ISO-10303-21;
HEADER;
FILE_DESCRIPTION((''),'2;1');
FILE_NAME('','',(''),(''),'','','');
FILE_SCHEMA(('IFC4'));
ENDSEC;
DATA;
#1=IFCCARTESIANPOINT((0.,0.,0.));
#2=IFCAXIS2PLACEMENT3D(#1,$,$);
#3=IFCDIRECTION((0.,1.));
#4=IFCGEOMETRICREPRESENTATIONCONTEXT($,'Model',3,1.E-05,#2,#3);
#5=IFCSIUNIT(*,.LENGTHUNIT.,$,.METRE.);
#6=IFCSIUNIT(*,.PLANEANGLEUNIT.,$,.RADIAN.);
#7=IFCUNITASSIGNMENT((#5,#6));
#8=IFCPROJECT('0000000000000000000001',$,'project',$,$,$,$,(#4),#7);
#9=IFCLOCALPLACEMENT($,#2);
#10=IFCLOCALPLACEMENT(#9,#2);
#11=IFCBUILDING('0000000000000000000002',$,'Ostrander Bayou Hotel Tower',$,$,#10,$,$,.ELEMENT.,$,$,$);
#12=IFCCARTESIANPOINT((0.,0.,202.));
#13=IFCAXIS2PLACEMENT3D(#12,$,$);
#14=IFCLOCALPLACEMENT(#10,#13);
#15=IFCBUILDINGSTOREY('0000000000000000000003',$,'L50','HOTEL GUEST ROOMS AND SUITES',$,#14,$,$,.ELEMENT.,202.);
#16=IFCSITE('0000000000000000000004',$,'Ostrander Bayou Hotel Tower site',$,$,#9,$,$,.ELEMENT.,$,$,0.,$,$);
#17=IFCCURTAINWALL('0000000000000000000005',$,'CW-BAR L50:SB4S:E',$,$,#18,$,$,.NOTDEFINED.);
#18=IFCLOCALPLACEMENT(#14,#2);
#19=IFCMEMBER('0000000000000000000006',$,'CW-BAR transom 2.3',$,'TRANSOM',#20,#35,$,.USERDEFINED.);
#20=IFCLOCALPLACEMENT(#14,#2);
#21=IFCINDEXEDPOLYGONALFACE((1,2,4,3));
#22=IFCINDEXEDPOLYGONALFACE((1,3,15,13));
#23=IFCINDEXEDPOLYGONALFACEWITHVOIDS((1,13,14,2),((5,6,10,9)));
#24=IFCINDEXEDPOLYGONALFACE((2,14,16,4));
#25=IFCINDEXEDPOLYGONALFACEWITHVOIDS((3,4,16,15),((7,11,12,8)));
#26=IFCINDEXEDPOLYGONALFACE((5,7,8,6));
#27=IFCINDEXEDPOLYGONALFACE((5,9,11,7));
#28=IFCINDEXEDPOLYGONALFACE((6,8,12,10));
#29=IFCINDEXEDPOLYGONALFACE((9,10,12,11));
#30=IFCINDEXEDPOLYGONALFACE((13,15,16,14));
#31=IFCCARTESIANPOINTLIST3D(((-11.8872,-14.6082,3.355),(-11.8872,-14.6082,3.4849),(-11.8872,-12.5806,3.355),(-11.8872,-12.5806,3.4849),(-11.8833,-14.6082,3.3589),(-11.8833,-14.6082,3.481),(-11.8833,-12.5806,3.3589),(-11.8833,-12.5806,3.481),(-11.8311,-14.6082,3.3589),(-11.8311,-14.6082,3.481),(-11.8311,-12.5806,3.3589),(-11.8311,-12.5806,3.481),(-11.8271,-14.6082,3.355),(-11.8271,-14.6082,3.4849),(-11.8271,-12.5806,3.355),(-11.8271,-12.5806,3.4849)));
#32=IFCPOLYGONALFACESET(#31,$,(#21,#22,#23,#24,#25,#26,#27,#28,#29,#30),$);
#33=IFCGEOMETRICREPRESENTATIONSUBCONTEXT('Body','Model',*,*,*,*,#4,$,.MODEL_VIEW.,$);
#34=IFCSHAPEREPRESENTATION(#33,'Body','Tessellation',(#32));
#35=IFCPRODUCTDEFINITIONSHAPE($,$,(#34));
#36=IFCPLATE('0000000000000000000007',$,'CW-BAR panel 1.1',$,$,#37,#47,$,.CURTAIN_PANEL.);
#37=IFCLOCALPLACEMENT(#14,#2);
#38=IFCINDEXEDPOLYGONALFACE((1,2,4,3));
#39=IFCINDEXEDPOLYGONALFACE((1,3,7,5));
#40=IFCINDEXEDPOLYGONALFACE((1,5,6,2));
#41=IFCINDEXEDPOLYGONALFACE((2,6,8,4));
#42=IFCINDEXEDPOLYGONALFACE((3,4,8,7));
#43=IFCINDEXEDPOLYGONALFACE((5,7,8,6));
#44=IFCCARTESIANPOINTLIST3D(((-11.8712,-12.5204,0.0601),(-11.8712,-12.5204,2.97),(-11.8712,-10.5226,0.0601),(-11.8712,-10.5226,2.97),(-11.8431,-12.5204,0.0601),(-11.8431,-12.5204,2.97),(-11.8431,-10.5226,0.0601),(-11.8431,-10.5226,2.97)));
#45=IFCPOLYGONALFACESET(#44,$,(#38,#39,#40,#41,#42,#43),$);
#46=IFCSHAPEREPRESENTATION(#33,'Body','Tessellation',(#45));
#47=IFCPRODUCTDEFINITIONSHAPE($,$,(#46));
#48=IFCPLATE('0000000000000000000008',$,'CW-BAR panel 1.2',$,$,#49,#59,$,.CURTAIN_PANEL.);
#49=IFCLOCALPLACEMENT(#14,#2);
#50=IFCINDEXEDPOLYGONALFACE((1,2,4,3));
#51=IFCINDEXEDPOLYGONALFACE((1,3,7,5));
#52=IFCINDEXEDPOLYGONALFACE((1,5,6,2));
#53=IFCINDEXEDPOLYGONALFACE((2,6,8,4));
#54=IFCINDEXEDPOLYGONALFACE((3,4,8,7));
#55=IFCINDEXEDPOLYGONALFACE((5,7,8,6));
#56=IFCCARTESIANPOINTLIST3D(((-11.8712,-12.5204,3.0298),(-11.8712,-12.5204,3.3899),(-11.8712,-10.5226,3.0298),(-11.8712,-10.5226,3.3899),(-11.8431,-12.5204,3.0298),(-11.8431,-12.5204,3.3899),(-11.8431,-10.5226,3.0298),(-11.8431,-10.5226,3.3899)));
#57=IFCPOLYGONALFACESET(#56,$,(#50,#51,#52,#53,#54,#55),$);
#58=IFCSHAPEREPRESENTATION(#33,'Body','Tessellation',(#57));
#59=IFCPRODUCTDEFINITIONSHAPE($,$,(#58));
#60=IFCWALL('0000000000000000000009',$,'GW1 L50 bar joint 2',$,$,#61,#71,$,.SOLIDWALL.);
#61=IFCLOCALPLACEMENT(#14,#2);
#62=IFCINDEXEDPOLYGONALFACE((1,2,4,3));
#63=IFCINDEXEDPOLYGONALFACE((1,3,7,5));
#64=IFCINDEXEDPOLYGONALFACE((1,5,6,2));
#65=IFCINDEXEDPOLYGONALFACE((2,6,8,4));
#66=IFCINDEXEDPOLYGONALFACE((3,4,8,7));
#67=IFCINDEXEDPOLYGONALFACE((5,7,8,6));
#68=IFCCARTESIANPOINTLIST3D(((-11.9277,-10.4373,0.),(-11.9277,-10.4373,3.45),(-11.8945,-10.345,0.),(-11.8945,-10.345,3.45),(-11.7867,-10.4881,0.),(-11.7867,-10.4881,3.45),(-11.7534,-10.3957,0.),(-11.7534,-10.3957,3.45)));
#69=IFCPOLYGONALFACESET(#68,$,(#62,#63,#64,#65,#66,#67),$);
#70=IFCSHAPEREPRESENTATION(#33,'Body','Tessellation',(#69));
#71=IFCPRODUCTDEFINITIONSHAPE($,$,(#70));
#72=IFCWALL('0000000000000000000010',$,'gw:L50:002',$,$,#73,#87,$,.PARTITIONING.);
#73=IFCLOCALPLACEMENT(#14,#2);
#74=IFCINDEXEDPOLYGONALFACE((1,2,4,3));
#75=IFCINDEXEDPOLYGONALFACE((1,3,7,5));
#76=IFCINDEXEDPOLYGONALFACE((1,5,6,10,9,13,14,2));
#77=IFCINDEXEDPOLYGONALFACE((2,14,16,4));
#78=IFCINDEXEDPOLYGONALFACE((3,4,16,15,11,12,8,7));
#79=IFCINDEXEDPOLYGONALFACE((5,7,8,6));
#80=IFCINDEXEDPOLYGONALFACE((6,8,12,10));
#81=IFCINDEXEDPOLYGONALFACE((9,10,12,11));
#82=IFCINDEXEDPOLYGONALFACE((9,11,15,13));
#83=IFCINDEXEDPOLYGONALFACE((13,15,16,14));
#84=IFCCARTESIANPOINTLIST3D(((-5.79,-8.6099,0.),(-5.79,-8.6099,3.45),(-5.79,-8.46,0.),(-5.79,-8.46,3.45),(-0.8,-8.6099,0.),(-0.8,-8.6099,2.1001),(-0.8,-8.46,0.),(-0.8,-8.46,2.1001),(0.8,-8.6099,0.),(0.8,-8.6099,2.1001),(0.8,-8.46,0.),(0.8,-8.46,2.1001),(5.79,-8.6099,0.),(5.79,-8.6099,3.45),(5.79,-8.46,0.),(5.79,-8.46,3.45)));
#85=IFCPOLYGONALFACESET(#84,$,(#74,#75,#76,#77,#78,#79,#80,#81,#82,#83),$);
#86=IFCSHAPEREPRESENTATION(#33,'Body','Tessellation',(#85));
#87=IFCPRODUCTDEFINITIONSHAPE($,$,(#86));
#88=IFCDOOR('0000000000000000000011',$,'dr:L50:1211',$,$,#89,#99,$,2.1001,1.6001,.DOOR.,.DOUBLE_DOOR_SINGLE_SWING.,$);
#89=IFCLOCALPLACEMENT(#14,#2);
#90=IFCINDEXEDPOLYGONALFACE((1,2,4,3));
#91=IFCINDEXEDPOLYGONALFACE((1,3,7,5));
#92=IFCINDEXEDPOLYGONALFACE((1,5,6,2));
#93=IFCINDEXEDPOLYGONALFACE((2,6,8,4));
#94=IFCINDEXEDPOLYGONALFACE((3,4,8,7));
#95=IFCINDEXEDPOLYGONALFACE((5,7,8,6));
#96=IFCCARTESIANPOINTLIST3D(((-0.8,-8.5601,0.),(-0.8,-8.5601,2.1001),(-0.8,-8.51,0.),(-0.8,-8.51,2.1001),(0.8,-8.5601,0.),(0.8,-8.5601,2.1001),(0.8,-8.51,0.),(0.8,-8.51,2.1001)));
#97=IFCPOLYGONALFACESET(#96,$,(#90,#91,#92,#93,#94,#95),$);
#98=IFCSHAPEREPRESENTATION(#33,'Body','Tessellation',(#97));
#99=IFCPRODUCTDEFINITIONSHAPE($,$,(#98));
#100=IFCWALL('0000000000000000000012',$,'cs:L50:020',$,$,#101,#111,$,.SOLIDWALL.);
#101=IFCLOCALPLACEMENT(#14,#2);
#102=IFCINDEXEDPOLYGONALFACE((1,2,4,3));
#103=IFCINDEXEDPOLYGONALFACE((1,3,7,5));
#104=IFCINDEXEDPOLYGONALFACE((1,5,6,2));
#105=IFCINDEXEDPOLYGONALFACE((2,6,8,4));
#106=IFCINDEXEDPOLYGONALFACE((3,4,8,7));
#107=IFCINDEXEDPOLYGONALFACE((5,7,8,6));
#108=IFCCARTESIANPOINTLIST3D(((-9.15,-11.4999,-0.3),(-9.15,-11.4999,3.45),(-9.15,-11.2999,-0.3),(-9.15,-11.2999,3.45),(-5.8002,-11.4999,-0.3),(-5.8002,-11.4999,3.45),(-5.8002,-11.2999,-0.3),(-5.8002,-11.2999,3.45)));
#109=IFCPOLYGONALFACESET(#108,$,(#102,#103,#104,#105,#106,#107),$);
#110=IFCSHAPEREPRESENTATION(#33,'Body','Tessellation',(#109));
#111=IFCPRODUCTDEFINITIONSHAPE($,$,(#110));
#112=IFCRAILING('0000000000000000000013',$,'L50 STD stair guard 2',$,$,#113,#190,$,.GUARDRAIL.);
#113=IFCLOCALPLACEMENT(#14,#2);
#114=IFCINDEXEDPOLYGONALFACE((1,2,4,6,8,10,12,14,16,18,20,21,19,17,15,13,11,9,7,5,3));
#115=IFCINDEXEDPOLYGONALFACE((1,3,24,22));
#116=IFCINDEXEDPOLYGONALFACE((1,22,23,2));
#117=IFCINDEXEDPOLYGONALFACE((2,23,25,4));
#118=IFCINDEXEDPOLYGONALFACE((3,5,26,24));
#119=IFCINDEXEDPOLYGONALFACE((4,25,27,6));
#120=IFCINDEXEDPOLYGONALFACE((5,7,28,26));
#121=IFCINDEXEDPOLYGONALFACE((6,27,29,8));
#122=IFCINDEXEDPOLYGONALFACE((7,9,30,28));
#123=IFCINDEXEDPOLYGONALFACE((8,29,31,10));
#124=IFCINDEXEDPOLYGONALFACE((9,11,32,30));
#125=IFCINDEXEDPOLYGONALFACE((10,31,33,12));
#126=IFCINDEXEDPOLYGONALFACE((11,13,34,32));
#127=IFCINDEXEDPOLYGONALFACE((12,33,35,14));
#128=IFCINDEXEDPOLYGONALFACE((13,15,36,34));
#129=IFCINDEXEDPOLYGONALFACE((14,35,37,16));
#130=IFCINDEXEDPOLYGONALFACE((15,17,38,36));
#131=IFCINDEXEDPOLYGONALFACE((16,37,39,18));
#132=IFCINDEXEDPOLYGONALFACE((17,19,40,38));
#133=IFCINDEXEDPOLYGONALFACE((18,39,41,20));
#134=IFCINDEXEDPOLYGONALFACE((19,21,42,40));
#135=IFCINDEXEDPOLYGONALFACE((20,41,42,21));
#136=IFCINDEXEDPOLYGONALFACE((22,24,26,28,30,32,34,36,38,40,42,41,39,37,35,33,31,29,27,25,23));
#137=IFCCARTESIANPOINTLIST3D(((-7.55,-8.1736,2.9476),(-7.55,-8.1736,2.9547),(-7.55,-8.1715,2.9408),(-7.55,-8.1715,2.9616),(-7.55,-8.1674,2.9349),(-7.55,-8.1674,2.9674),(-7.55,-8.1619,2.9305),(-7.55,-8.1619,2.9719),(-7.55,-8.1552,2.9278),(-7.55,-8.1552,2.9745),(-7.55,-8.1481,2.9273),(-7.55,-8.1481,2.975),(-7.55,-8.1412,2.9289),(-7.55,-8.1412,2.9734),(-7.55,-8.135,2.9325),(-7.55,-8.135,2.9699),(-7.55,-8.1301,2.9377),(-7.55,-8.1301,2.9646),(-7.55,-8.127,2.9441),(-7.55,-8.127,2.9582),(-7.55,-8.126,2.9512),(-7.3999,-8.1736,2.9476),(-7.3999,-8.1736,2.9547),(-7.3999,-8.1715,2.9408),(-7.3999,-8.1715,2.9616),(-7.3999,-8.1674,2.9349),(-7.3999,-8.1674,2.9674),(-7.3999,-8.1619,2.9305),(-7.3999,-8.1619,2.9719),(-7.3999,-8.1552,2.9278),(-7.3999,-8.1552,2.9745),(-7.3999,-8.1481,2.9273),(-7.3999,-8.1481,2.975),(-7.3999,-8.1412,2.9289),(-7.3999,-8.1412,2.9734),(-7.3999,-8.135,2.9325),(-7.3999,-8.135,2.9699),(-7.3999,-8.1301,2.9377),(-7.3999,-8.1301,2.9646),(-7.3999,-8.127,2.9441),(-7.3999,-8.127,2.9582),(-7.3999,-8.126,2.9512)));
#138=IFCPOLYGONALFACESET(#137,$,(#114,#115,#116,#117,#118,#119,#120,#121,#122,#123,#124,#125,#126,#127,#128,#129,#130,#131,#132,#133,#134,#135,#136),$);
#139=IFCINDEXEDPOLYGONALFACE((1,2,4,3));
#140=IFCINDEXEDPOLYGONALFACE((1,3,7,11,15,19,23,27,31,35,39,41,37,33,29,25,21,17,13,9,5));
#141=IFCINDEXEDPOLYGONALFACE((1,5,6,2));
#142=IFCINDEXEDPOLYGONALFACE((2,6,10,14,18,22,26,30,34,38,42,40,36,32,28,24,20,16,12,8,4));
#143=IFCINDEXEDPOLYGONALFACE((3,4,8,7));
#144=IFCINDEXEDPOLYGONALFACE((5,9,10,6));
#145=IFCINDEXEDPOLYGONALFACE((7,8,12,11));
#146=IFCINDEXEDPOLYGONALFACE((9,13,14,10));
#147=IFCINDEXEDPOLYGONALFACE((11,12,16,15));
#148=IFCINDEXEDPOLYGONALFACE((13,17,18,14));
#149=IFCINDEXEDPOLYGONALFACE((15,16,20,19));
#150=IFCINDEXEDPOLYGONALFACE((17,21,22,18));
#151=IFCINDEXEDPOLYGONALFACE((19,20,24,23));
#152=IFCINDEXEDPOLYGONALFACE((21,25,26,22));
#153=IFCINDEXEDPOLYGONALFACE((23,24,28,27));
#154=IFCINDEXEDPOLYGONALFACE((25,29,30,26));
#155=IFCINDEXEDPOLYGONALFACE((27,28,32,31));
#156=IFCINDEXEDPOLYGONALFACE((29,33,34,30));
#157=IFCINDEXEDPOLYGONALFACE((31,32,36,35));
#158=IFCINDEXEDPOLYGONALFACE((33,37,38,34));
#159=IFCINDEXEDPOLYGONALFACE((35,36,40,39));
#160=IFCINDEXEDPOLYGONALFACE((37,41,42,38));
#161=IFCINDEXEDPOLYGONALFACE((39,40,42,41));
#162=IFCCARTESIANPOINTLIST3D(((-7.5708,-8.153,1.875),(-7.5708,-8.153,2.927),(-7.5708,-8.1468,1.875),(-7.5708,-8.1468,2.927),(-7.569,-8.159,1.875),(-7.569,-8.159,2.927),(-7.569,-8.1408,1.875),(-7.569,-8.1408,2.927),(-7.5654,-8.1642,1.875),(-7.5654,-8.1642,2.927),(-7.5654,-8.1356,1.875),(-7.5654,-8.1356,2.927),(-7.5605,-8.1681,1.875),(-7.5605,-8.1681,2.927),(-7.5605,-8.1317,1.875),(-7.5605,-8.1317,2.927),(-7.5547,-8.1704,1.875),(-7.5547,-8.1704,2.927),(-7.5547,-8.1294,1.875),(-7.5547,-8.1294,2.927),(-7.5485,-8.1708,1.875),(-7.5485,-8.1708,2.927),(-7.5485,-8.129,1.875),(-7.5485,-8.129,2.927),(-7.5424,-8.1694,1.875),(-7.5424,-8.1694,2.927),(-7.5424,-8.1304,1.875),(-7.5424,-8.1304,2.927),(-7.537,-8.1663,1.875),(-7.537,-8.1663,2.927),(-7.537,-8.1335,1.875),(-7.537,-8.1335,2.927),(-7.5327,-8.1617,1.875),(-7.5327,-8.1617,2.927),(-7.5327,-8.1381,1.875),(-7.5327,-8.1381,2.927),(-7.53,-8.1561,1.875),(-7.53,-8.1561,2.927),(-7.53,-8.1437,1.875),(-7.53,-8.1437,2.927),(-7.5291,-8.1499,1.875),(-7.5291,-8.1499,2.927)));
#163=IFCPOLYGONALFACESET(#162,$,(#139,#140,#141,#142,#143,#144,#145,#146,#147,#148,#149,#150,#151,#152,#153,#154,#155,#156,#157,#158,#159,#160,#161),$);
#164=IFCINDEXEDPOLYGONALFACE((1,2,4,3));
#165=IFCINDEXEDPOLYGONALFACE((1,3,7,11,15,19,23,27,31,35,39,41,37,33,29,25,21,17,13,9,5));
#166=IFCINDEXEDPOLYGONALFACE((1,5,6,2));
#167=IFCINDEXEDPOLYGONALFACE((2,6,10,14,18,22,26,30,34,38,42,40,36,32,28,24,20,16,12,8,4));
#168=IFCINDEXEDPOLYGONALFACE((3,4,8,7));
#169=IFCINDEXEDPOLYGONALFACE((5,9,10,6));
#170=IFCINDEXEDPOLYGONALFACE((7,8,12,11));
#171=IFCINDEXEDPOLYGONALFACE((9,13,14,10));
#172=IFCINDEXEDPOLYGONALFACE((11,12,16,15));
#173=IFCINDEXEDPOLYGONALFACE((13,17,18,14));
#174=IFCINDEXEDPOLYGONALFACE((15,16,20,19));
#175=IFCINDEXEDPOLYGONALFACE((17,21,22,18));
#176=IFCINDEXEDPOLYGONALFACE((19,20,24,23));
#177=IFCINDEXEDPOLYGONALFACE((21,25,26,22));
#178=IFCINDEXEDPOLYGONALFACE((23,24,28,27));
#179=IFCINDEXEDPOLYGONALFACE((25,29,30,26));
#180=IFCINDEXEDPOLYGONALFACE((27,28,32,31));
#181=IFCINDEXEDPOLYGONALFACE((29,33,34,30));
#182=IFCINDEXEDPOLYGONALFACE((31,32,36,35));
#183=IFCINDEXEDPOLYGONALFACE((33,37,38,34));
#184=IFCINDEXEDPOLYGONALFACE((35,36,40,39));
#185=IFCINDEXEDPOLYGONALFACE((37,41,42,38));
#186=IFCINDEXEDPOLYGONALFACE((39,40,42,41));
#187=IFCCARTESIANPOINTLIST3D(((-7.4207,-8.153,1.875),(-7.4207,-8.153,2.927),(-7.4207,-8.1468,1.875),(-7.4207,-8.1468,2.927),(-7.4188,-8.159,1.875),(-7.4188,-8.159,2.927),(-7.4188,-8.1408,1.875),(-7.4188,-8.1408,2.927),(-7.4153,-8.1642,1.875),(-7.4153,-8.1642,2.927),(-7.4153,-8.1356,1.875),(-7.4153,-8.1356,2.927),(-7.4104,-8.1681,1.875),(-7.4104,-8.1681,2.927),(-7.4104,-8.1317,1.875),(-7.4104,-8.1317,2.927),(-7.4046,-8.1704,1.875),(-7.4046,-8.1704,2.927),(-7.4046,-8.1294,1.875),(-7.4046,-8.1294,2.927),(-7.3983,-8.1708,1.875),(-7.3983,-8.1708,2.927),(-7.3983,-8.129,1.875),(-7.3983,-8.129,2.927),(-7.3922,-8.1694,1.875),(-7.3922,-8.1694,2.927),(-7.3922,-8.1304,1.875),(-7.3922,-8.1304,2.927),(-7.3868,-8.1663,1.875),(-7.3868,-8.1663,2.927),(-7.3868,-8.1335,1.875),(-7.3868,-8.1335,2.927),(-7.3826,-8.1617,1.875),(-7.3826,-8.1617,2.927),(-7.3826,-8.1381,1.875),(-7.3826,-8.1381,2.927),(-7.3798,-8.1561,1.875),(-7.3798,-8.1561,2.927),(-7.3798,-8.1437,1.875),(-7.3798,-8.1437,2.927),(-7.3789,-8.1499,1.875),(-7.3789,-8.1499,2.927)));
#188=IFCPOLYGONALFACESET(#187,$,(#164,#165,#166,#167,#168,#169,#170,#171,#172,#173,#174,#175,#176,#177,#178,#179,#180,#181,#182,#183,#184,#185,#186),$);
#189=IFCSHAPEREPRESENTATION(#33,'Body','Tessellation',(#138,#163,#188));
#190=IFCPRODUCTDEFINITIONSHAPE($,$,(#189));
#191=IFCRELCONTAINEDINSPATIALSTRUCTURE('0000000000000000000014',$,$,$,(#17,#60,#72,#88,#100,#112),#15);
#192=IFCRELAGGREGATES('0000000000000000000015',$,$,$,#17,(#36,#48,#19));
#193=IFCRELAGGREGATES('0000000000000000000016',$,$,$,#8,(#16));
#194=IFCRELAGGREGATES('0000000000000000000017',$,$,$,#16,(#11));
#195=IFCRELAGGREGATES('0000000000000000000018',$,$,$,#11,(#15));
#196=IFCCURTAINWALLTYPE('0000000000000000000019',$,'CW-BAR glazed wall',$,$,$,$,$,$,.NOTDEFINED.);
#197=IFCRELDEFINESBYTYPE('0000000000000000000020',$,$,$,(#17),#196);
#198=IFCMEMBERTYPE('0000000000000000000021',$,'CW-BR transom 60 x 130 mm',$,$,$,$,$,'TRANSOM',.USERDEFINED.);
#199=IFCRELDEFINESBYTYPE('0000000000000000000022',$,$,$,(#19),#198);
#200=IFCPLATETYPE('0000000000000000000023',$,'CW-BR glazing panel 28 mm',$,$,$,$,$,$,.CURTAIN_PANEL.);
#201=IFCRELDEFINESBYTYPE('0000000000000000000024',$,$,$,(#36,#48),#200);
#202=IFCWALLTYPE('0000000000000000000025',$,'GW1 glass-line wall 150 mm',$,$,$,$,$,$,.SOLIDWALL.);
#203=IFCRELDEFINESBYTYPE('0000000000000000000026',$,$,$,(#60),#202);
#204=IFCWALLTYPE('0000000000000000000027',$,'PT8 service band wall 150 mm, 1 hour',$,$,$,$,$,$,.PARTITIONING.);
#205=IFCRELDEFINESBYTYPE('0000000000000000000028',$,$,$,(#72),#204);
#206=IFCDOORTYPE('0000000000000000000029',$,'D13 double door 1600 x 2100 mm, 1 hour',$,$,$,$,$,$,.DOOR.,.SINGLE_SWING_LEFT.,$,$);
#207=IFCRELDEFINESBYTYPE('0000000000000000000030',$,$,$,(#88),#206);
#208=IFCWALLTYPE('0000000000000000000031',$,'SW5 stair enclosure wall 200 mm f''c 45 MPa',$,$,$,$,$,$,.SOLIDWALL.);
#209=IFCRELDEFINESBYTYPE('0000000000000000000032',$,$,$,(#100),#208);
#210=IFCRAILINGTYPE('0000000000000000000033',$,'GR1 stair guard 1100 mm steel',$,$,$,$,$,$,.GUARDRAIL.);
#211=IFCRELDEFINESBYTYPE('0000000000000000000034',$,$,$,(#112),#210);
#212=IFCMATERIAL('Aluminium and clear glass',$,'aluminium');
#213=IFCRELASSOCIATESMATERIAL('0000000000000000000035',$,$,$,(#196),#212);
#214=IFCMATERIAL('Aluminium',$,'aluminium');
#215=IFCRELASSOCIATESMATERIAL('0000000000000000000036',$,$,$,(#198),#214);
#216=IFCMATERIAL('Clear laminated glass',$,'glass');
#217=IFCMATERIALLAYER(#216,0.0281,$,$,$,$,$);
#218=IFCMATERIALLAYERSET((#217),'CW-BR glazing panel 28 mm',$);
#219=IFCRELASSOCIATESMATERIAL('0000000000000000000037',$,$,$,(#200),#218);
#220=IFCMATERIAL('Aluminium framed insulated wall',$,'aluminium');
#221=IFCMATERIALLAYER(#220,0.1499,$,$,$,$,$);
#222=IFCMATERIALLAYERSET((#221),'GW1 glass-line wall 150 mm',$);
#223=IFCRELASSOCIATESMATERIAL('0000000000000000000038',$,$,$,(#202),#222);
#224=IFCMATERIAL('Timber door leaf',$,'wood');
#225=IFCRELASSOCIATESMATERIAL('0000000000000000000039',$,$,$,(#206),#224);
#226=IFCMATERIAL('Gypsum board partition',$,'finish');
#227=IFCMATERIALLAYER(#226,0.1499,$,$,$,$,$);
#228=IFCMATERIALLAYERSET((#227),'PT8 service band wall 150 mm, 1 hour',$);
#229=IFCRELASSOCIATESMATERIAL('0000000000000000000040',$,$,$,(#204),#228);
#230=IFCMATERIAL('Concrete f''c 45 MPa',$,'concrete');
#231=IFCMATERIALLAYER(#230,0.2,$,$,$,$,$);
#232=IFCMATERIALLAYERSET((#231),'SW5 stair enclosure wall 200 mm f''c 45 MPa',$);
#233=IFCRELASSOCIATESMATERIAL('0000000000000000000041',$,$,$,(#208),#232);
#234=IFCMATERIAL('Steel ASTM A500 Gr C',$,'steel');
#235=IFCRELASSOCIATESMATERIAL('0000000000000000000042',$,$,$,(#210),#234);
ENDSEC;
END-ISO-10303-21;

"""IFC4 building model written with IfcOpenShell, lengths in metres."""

from ifc_helpers import new_model, si_unit, direction, frame, frame_2d, origin, origin_2d, place, context, subcontext, project, spatial, rectangle, hollow_rectangle, circle, extrude, material, layer, layer_set, material_profile, profile_set, type_object, element, fill, aggregate, save


model = new_model("IFC4")

# Units and contexts
model_context = context("Model", 3, precision=1e-05, world=origin(), true_north=direction((0.0, 1.0)))
body_context = subcontext(model_context, "Body", "Model", "MODEL_VIEW")
ifc_project = project(units=[si_unit("LENGTHUNIT", "METRE"), si_unit("PLANEANGLEUNIT", "RADIAN")], contexts=[model_context])

# Site, building, storey
site_placement = place(None, origin())
site = spatial("IfcSite", under=ifc_project, at=site_placement, Name="Ostrander Bayou Hotel Tower site", CompositionType="ELEMENT", RefElevation=0.0)
building_placement = place(site_placement, origin())
building = spatial("IfcBuilding", under=site, at=building_placement, Name="Ostrander Bayou Hotel Tower", CompositionType="ELEMENT")
storey_placement = place(building_placement, frame((0.0, 0.0, 202.0)))
storey = spatial("IfcBuildingStorey", under=building, at=storey_placement, Name="L50", Description="HOTEL GUEST ROOMS AND SUITES", CompositionType="ELEMENT", Elevation=202.0)

# Curtain wall, member, plates
ifc_material_1 = material(Name="Aluminium and clear glass", Category="aluminium")
curtain_wall_type = type_object("IfcCurtainWallType", Name="CW-BAR glazed wall", PredefinedType="NOTDEFINED", material=ifc_material_1)
curtain_wall_placement = place(storey_placement, origin())
curtain_wall = element("IfcCurtainWall", 1, at=curtain_wall_placement, inside=storey, type_object=curtain_wall_type, Name="CW-BAR L50:SB4S:E", PredefinedType="NOTDEFINED")
ifc_material_2 = material(Name="Aluminium", Category="aluminium")
ifc_material_profile_1 = material_profile(ifc_material_2, hollow_rectangle(XDim=0.0601, YDim=0.1299, WallThickness=0.0039, at=origin_2d()))
ifc_profile_set_1 = profile_set([ifc_material_profile_1], Name="Aluminium")
member_type_1 = type_object("IfcMemberType", Name="CW-BR transom 60 x 130 mm", ElementType="TRANSOM", PredefinedType="USERDEFINED", material=ifc_profile_set_1)
member_1_placement = place(storey_placement, frame((-11.8572, -12.5806, 3.4199), z_axis=(0.0, -1.0, 0.0), x_axis=(1.0, 0.0, 0.0)))
member_1 = element("IfcMember", 2, at=member_1_placement, type_object=member_type_1, Name="CW-BAR transom 2.3", ObjectType="TRANSOM", PredefinedType="USERDEFINED", context=body_context, shape_type="SweptSolid", body=[
    extrude(hollow_rectangle(XDim=0.0601, YDim=0.1299, WallThickness=0.0039, at=origin_2d()), origin(), (0.0, 0.0, 1.0), 2.0276),
])
ifc_material_3 = material(Name="Clear laminated glass", Category="glass")
ifc_layer_1 = layer(ifc_material_3, 0.0281)
ifc_layer_set_1 = layer_set([ifc_layer_1], Name="CW-BR glazing panel 28 mm")
plate_type = type_object("IfcPlateType", Name="CW-BR glazing panel 28 mm", PredefinedType="CURTAIN_PANEL", material=ifc_layer_set_1)
plate_1_placement = place(storey_placement, frame((-11.8572, -11.5215, 0.0601), z_axis=(0.0, 0.0, 1.0), x_axis=(0.0, -1.0, 0.0)))
plate_1 = element("IfcPlate", 3, at=plate_1_placement, type_object=plate_type, Name="CW-BAR panel 1.1", PredefinedType="CURTAIN_PANEL", context=body_context, shape_type="SweptSolid", body=[
    extrude(rectangle(XDim=1.9978, YDim=0.0281, at=origin_2d()), origin(), (0.0, 0.0, 1.0), 2.9099),
])
plate_2_placement = place(storey_placement, frame((-11.8572, -11.5215, 3.0298), z_axis=(0.0, 0.0, 1.0), x_axis=(0.0, -1.0, 0.0)))
plate_2 = element("IfcPlate", 4, at=plate_2_placement, type_object=plate_type, Name="CW-BAR panel 1.2", PredefinedType="CURTAIN_PANEL", context=body_context, shape_type="SweptSolid", body=[
    extrude(rectangle(XDim=1.9978, YDim=0.0281, at=origin_2d()), origin(), (0.0, 0.0, 1.0), 0.3601),
])
aggregate(curtain_wall, [plate_1, plate_2, member_1])

# Wall
ifc_material_4 = material(Name="Aluminium framed insulated wall", Category="aluminium")
ifc_layer_2 = layer(ifc_material_4, 0.1499)
ifc_layer_set_2 = layer_set([ifc_layer_2], Name="GW1 glass-line wall 150 mm")
wall_type_1 = type_object("IfcWallType", Name="GW1 glass-line wall 150 mm", PredefinedType="SOLIDWALL", material=ifc_layer_set_2)
wall_1_placement = place(storey_placement, frame((-11.824, -10.3704, 0.0), z_axis=(0.0, 0.0, 1.0), x_axis=(-0.338543, -0.940951, 0.0)))
element("IfcWall", 5, at=wall_1_placement, inside=storey, type_object=wall_type_1, Name="GW1 L50 bar joint 2", PredefinedType="SOLIDWALL", context=body_context, shape_type="SweptSolid", body=[
    extrude(rectangle(XDim=0.0981, YDim=0.1499, at=frame_2d((0.0491, 0.0))), origin(), (0.0, 0.0, 1.0), 3.45),
])

# Shared definitions
ifc_material_5 = material(Name="Timber door leaf", Category="wood")
door_type_1 = type_object("IfcDoorType", Name="D13 double door 1600 x 2100 mm, 1 hour", OperationType="SINGLE_SWING_LEFT", PredefinedType="DOOR", material=ifc_material_5)

# Wall, opening, door
ifc_material_6 = material(Name="Gypsum board partition", Category="finish")
ifc_layer_3 = layer(ifc_material_6, 0.1499)
ifc_layer_set_3 = layer_set([ifc_layer_3], Name="PT8 service band wall 150 mm, 1 hour")
wall_type_2 = type_object("IfcWallType", Name="PT8 service band wall 150 mm, 1 hour", PredefinedType="PARTITIONING", material=ifc_layer_set_3)
wall_2_placement = place(storey_placement, frame((-5.79, -8.5349, 0.0), z_axis=(0.0, 0.0, 1.0), x_axis=(1.0, 0.0, 0.0)))
wall_2 = element("IfcWall", 6, at=wall_2_placement, inside=storey, type_object=wall_type_2, Name="gw:L50:002", PredefinedType="PARTITIONING", context=body_context, shape_type="SweptSolid", body=[
    extrude(rectangle(XDim=11.5801, YDim=0.1499, at=frame_2d((5.79, 0.0))), origin(), (0.0, 0.0, 1.0), 3.45),
])
opening_1_placement = place(wall_2_placement, frame((4.99, 0.0, 0.0)))
opening_1 = element("IfcOpeningElement", 7, at=opening_1_placement, cuts=wall_2, PredefinedType="OPENING", context=body_context, shape_type="SweptSolid", body=[
    extrude(rectangle(XDim=1.6001, YDim=2.1001, at=frame_2d((0.8, 1.05))), frame((0.0, 0.075, 0.0), z_axis=(0.0, -1.0, 0.0), x_axis=(1.0, 0.0, 0.0)), (0.0, 0.0, 1.0), 0.1499),
])
door_1_placement = place(opening_1_placement, origin())
door_1 = element("IfcDoor", 8, at=door_1_placement, inside=storey, type_object=door_type_1, Name="dr:L50:1211", OperationType="DOUBLE_DOOR_SINGLE_SWING", OverallHeight=2.1001, OverallWidth=1.6001, PredefinedType="DOOR", context=body_context, shape_type="SweptSolid", body=[
    extrude(rectangle(XDim=1.6001, YDim=2.1001, at=frame_2d((0.8, 1.05))), frame((0.0, 0.0249, 0.0), z_axis=(0.0, -1.0, 0.0), x_axis=(1.0, 0.0, 0.0)), (0.0, 0.0, 1.0), 0.05),
])
fill(opening_1, door_1)

# Wall
ifc_material_7 = material(Name="Concrete f'c 45 MPa", Category="concrete")
ifc_layer_4 = layer(ifc_material_7, 0.2)
ifc_layer_set_4 = layer_set([ifc_layer_4], Name="SW5 stair enclosure wall 200 mm f'c 45 MPa")
wall_type_3 = type_object("IfcWallType", Name="SW5 stair enclosure wall 200 mm f'c 45 MPa", PredefinedType="SOLIDWALL", material=ifc_layer_set_4)
wall_3_placement = place(storey_placement, frame((-9.1499, -11.3999, -0.3), z_axis=(0.0, 0.0, 1.0), x_axis=(1.0, 0.0, 0.0)))
element("IfcWall", 9, at=wall_3_placement, inside=storey, type_object=wall_type_3, Name="cs:L50:020", PredefinedType="SOLIDWALL", context=body_context, shape_type="SweptSolid", body=[
    extrude(rectangle(XDim=3.3499, YDim=0.2, at=frame_2d((1.6748, 0.0))), origin(), (0.0, 0.0, 1.0), 3.75),
])

# Railing
ifc_material_8 = material(Name="Steel ASTM A500 Gr C", Category="steel")
railing_type = type_object("IfcRailingType", Name="GR1 stair guard 1100 mm steel", PredefinedType="GUARDRAIL", material=ifc_material_8)
railing_placement = place(storey_placement, frame((-7.55, -8.1499, 1.875)))
element("IfcRailing", 10, at=railing_placement, inside=storey, type_object=railing_type, Name="L50 STD stair guard 2", PredefinedType="GUARDRAIL", context=body_context, shape_type="SweptSolid", body=[
    extrude(circle(Radius=0.0239, at=origin_2d()), frame((0.0, 0.0, 1.0762), z_axis=(1.0, 0.0, 0.0), x_axis=(0.0, 1.0, 0.0)), (0.0, 0.0, 1.0), 0.1501),
    extrude(circle(Radius=0.021, at=origin_2d()), origin(), (0.0, 0.0, 1.0), 1.052),
    extrude(circle(Radius=0.021, at=origin_2d()), frame((0.1501, 0.0, 0.0)), (0.0, 0.0, 1.0), 1.052),
])

save(model, "model.ifc")
